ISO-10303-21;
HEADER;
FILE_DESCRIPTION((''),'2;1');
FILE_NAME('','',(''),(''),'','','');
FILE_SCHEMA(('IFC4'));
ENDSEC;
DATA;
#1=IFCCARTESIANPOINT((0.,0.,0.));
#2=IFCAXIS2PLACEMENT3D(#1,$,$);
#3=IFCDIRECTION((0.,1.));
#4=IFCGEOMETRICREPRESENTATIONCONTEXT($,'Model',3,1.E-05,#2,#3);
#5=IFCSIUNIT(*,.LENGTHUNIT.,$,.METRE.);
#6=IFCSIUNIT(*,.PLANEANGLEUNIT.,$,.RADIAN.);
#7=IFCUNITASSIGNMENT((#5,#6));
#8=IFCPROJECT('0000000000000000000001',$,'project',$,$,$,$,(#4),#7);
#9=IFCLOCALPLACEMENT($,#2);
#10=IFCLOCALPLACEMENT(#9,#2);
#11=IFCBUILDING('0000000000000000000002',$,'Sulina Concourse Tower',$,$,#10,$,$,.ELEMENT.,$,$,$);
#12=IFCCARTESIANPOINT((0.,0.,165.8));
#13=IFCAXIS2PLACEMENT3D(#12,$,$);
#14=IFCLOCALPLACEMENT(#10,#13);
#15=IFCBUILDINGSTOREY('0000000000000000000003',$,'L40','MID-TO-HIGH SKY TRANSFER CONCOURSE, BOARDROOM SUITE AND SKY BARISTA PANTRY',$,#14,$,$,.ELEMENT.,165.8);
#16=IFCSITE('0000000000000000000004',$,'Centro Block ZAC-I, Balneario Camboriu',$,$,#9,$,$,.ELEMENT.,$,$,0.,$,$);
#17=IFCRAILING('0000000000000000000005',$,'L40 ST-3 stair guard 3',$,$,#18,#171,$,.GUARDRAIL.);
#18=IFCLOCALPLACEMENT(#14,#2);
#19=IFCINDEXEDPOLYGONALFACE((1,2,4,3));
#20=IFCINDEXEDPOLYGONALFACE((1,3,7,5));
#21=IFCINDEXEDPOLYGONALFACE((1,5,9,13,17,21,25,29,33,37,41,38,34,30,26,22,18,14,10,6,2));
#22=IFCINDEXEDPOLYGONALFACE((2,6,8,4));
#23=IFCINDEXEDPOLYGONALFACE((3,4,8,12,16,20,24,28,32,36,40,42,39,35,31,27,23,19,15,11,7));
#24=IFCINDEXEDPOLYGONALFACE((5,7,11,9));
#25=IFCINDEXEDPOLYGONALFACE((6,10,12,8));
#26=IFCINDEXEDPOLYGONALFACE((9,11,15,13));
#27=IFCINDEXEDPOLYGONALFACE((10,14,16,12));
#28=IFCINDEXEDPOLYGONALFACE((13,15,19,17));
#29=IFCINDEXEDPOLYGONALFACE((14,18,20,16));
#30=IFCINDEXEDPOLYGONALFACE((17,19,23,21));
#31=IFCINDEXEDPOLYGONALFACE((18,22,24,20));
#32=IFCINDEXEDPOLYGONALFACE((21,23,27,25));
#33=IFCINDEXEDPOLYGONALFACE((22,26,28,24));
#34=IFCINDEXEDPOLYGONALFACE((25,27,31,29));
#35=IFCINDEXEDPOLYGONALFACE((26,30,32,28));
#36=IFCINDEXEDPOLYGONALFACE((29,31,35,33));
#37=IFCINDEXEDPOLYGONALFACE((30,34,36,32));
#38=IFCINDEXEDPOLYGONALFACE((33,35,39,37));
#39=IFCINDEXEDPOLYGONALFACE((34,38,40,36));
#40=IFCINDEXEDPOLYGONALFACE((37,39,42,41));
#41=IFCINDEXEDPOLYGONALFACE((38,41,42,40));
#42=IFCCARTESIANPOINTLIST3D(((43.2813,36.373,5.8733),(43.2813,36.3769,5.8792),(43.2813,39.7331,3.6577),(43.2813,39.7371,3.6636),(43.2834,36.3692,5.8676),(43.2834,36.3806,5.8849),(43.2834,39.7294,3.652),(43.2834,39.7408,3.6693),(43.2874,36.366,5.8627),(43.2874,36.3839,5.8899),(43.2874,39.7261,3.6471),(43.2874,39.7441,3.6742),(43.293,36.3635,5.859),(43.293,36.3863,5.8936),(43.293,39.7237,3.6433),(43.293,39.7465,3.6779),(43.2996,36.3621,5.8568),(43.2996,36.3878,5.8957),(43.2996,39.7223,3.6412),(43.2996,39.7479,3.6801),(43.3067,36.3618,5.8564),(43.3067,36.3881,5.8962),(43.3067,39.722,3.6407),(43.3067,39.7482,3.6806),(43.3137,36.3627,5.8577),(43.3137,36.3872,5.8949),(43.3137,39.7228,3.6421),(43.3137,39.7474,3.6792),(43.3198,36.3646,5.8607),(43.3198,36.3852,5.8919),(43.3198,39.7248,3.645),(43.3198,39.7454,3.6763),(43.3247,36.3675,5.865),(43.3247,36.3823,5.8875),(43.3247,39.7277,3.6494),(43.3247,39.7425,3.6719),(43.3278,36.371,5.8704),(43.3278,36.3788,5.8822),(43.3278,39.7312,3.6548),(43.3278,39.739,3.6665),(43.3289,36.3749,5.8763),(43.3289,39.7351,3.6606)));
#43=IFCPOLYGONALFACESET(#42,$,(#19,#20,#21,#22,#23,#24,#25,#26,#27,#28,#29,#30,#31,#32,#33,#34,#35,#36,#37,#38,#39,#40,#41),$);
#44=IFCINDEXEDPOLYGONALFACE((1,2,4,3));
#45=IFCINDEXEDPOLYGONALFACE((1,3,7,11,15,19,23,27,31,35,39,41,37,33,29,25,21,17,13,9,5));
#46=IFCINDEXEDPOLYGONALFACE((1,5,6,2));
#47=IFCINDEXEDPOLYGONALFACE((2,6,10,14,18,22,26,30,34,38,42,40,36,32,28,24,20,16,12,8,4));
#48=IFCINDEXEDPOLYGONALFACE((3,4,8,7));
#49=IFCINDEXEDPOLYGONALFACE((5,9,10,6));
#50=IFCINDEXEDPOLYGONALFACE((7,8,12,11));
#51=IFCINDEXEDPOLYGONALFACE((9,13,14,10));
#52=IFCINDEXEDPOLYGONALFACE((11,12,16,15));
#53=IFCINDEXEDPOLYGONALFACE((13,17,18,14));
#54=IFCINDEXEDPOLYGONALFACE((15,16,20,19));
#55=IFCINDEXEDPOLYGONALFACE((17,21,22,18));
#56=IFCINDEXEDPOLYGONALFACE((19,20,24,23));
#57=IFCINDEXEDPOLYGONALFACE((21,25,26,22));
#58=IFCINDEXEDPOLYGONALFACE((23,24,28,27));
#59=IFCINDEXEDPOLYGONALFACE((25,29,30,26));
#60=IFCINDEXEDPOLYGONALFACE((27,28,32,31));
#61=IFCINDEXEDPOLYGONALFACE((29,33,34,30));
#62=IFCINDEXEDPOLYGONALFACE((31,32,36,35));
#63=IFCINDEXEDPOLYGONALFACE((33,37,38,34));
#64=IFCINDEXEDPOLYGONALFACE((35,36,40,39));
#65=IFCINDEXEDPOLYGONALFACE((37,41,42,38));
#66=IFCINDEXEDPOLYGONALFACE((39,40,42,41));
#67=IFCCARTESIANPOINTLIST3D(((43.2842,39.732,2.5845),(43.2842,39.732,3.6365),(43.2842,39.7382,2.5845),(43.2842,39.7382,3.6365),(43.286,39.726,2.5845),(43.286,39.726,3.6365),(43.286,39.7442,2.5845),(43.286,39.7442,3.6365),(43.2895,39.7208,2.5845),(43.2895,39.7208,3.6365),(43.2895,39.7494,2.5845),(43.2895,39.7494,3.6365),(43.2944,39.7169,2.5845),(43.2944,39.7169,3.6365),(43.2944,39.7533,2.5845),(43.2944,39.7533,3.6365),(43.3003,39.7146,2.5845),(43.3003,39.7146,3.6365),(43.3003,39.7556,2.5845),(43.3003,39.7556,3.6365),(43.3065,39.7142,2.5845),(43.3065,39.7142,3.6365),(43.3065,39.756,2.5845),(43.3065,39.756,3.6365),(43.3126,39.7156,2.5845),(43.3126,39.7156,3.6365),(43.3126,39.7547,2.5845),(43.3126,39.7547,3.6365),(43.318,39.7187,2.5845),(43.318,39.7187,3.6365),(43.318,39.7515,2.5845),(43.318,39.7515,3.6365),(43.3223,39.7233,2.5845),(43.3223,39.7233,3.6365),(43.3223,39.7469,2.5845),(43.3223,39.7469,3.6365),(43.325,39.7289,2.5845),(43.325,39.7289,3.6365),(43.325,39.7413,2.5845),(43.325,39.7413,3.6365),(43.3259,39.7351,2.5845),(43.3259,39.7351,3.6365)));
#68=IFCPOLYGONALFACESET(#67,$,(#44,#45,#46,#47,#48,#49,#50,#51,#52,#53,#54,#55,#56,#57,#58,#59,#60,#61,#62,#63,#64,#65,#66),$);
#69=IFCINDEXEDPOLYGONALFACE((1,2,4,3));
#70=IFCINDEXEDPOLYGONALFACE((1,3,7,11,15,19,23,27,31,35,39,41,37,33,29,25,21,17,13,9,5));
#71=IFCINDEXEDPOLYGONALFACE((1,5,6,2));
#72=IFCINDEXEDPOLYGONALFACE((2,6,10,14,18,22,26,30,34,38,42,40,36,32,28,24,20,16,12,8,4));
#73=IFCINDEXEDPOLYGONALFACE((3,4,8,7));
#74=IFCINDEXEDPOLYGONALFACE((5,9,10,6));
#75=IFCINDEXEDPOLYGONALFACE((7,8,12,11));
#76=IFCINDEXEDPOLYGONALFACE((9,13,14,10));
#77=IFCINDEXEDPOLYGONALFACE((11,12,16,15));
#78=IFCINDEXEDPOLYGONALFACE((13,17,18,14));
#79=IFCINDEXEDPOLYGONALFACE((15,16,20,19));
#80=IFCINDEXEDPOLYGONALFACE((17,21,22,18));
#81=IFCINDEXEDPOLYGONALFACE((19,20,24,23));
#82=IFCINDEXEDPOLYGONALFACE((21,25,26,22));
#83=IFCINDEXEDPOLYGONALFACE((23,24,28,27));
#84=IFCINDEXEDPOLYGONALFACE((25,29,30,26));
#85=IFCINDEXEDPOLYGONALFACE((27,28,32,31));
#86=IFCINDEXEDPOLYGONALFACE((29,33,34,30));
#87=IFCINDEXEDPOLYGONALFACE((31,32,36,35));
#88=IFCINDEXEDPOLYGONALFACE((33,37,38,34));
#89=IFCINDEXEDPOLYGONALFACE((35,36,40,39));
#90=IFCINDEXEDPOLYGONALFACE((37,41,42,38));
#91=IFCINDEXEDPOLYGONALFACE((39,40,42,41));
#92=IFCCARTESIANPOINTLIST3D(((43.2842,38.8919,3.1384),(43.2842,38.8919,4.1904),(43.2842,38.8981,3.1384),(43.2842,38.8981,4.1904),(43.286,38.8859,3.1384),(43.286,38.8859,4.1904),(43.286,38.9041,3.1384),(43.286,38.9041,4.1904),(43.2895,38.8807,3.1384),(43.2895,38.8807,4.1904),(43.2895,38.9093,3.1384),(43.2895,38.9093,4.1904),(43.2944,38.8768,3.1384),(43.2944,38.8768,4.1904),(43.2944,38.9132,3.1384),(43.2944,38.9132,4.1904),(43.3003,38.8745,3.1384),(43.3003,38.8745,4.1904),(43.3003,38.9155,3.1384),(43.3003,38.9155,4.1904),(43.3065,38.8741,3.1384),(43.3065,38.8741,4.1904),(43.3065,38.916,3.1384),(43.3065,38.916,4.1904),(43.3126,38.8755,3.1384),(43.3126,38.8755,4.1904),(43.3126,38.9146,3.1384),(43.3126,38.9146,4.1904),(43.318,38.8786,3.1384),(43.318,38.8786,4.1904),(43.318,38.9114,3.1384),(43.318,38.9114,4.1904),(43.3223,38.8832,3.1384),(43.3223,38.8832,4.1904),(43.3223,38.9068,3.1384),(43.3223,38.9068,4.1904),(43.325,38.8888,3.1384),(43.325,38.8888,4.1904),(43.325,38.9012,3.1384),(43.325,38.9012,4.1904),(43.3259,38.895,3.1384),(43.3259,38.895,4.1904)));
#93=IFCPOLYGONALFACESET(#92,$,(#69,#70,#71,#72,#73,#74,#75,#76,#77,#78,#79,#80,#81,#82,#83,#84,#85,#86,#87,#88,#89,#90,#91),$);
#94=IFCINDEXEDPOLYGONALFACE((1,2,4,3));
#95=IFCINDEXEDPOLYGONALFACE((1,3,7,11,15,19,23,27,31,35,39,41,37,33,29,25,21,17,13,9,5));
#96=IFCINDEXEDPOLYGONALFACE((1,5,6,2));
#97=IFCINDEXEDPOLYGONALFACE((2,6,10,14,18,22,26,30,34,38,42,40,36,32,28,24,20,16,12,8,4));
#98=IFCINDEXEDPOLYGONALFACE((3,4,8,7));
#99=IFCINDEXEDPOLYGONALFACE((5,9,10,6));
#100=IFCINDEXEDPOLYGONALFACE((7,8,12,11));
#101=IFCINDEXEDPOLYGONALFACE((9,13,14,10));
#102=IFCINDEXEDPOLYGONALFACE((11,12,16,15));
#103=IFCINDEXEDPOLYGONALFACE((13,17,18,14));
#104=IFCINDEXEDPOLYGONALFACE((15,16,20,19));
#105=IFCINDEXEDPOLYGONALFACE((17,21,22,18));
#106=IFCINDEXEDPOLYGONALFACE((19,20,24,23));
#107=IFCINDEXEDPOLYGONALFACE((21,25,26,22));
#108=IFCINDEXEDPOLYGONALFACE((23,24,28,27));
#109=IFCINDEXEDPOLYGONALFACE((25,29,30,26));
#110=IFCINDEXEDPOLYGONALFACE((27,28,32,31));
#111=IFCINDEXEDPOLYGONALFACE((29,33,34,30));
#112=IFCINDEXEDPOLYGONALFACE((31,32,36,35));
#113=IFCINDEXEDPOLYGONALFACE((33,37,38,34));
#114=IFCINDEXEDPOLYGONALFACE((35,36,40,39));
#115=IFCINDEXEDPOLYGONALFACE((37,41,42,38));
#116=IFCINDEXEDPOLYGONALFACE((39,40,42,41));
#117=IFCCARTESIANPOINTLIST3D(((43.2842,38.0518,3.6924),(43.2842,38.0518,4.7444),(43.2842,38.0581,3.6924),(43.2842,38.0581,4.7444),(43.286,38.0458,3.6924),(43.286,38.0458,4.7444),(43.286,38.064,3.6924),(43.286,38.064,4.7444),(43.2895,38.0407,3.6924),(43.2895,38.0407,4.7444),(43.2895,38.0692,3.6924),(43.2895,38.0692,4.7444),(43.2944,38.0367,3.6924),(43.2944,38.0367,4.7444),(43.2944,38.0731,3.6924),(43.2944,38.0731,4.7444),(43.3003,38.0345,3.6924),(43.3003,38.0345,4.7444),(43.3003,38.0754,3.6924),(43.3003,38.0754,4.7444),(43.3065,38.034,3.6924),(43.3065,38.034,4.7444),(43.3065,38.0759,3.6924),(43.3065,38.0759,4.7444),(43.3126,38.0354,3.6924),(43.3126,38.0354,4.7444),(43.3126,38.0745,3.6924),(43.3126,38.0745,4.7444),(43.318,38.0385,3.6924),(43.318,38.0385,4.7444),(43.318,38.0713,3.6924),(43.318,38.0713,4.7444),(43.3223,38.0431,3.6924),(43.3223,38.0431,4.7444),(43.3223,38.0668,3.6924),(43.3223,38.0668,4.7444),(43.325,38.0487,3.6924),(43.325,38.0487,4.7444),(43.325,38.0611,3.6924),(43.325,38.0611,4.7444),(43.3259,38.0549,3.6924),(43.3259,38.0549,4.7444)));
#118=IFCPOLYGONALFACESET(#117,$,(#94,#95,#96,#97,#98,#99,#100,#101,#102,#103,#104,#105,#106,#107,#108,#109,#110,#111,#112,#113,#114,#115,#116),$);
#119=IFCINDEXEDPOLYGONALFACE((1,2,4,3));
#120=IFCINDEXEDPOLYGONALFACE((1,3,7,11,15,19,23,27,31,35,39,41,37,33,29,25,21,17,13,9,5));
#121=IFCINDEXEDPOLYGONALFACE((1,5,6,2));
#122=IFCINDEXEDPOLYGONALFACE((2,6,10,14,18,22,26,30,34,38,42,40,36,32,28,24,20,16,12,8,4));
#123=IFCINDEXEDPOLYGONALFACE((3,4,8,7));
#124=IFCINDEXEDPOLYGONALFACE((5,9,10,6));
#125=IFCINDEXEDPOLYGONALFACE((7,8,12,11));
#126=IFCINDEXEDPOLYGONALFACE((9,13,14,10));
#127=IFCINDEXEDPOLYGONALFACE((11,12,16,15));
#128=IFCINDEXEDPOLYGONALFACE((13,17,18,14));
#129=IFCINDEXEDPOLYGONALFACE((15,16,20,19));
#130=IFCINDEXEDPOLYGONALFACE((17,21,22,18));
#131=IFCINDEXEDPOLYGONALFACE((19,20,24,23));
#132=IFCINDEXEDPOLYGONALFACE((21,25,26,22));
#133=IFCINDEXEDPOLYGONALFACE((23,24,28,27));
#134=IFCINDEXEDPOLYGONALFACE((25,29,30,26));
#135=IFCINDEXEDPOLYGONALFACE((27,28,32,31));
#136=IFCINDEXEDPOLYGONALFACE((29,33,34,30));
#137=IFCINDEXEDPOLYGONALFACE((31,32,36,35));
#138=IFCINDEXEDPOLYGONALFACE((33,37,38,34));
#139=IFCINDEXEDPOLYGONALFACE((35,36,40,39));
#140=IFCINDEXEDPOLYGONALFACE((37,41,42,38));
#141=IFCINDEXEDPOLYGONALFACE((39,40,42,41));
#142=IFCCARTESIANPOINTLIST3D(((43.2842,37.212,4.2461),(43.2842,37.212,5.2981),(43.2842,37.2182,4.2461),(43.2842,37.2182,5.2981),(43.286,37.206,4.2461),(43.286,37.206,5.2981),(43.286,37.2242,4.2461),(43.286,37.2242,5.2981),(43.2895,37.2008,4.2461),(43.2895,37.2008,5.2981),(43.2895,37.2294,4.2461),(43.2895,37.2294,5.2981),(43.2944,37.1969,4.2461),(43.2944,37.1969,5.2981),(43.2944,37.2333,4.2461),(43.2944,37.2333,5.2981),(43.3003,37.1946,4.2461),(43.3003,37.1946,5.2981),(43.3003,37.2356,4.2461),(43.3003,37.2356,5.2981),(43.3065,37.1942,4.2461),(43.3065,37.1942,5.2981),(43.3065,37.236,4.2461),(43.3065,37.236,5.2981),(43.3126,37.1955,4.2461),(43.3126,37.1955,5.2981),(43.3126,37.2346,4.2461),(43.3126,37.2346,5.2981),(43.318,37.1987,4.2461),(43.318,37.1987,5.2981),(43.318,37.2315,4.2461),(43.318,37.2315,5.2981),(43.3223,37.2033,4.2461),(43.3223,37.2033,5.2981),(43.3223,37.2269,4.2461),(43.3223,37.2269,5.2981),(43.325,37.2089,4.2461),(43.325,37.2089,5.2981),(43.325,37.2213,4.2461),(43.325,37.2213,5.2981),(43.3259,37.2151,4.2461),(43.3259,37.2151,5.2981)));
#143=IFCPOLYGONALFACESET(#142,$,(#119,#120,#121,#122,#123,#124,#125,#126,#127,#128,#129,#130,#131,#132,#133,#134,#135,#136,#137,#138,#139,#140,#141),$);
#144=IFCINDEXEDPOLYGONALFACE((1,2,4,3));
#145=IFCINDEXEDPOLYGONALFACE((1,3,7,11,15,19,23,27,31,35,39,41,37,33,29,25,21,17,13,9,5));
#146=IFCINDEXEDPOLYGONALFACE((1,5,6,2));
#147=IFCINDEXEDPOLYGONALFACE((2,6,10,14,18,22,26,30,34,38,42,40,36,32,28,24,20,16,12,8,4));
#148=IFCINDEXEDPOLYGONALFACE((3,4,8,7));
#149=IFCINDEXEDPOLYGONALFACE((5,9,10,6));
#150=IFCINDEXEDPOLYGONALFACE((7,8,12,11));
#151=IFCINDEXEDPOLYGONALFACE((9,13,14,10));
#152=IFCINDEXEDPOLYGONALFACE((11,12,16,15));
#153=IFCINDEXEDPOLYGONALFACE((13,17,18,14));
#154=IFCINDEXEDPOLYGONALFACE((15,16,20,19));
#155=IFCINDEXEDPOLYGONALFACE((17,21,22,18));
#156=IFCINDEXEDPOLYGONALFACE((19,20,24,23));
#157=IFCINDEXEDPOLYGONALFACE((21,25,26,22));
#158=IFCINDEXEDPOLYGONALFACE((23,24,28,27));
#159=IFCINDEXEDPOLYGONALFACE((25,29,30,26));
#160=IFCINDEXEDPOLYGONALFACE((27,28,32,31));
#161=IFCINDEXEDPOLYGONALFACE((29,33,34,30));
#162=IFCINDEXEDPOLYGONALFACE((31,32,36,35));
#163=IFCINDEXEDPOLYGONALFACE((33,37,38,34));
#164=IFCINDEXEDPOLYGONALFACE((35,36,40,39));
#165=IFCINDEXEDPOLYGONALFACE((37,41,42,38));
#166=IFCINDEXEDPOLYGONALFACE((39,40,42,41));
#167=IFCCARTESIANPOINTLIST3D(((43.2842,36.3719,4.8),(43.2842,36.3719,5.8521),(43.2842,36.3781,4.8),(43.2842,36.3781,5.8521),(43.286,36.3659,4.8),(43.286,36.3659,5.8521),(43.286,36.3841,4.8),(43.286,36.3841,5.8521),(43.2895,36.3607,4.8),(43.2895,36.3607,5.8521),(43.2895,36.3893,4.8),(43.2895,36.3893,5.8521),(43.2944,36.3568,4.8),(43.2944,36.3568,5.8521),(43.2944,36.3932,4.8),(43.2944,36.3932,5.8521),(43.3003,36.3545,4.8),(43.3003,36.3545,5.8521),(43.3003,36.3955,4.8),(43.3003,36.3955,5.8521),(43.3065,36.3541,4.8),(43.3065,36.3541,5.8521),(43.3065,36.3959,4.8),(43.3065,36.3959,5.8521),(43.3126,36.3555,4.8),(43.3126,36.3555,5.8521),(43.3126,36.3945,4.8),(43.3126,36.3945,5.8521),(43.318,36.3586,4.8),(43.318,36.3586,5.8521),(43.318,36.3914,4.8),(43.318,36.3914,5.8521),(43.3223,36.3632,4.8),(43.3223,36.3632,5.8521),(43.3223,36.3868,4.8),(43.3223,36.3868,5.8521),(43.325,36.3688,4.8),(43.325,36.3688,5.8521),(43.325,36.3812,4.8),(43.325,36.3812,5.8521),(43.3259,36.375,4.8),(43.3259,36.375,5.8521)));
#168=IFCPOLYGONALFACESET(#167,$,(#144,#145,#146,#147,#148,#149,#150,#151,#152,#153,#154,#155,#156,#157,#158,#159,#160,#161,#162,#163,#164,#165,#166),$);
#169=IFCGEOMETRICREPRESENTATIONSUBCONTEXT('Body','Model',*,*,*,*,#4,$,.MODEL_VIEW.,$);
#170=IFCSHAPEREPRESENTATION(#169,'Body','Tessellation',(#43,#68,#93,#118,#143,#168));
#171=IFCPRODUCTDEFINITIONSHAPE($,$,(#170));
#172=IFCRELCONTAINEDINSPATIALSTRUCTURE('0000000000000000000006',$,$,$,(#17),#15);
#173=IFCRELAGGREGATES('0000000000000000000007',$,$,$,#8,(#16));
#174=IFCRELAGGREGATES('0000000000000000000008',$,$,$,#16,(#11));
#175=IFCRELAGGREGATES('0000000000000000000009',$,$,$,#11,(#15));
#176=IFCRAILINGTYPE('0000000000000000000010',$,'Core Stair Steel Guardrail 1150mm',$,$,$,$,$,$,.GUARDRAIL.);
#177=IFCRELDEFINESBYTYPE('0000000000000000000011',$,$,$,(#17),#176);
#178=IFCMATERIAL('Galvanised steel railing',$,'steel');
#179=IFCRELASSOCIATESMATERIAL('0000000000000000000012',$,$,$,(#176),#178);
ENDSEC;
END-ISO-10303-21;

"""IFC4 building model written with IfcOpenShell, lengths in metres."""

from ifc_helpers import new_model, si_unit, direction, frame, origin, origin_2d, place, context, subcontext, project, spatial, circle, extrude, material, type_object, element, save


model = new_model("IFC4")

# Units and contexts
model_context = context("Model", 3, precision=1e-05, world=origin(), true_north=direction((0.0, 1.0)))
body_context = subcontext(model_context, "Body", "Model", "MODEL_VIEW")
ifc_project = project(units=[si_unit("LENGTHUNIT", "METRE"), si_unit("PLANEANGLEUNIT", "RADIAN")], contexts=[model_context])

# Site, building, storey
site_placement = place(None, origin())
site = spatial("IfcSite", under=ifc_project, at=site_placement, Name="Centro Block ZAC-I, Balneario Camboriu", CompositionType="ELEMENT", RefElevation=0.0)
building_placement = place(site_placement, origin())
building = spatial("IfcBuilding", under=site, at=building_placement, Name="Sulina Concourse Tower", CompositionType="ELEMENT")
storey_placement = place(building_placement, frame((0.0, 0.0, 165.8)))
storey = spatial("IfcBuildingStorey", under=building, at=storey_placement, Name="L40", Description="MID-TO-HIGH SKY TRANSFER CONCOURSE, BOARDROOM SUITE AND SKY BARISTA PANTRY", CompositionType="ELEMENT", Elevation=165.8)

# Railing
ifc_material_1 = material(Name="Galvanised steel railing", Category="steel")
railing_type_1 = type_object("IfcRailingType", Name="Core Stair Steel Guardrail 1150mm", PredefinedType="GUARDRAIL", material=ifc_material_1)
railing_1_placement = place(storey_placement, frame((43.3049, 39.7351, 2.5845)))
element("IfcRailing", 1, at=railing_1_placement, inside=storey, type_object=railing_type_1, Name="L40 ST-3 stair guard 3", PredefinedType="GUARDRAIL", context=body_context, shape_type="SweptSolid", body=[
    extrude(circle(Radius=0.0239, at=origin_2d()), frame((0.0, 0.0, 1.0762), z_axis=(0.0, -0.834849, 0.55048), x_axis=(1.0, 0.0, 0.0)), (0.0, 0.0, 1.0), 4.0249),
    extrude(circle(Radius=0.021, at=origin_2d()), origin(), (0.0, 0.0, 1.0), 1.052),
    extrude(circle(Radius=0.021, at=origin_2d()), frame((0.0, -0.8401, 0.554)), (0.0, 0.0, 1.0), 1.052),
    extrude(circle(Radius=0.021, at=origin_2d()), frame((0.0, -1.6802, 1.1079)), (0.0, 0.0, 1.0), 1.052),
    extrude(circle(Radius=0.021, at=origin_2d()), frame((0.0, -2.52, 1.6616)), (0.0, 0.0, 1.0), 1.052),
    extrude(circle(Radius=0.021, at=origin_2d()), frame((0.0, -3.3601, 2.2156)), (0.0, 0.0, 1.0), 1.052),
])

save(model, "model.ifc")
